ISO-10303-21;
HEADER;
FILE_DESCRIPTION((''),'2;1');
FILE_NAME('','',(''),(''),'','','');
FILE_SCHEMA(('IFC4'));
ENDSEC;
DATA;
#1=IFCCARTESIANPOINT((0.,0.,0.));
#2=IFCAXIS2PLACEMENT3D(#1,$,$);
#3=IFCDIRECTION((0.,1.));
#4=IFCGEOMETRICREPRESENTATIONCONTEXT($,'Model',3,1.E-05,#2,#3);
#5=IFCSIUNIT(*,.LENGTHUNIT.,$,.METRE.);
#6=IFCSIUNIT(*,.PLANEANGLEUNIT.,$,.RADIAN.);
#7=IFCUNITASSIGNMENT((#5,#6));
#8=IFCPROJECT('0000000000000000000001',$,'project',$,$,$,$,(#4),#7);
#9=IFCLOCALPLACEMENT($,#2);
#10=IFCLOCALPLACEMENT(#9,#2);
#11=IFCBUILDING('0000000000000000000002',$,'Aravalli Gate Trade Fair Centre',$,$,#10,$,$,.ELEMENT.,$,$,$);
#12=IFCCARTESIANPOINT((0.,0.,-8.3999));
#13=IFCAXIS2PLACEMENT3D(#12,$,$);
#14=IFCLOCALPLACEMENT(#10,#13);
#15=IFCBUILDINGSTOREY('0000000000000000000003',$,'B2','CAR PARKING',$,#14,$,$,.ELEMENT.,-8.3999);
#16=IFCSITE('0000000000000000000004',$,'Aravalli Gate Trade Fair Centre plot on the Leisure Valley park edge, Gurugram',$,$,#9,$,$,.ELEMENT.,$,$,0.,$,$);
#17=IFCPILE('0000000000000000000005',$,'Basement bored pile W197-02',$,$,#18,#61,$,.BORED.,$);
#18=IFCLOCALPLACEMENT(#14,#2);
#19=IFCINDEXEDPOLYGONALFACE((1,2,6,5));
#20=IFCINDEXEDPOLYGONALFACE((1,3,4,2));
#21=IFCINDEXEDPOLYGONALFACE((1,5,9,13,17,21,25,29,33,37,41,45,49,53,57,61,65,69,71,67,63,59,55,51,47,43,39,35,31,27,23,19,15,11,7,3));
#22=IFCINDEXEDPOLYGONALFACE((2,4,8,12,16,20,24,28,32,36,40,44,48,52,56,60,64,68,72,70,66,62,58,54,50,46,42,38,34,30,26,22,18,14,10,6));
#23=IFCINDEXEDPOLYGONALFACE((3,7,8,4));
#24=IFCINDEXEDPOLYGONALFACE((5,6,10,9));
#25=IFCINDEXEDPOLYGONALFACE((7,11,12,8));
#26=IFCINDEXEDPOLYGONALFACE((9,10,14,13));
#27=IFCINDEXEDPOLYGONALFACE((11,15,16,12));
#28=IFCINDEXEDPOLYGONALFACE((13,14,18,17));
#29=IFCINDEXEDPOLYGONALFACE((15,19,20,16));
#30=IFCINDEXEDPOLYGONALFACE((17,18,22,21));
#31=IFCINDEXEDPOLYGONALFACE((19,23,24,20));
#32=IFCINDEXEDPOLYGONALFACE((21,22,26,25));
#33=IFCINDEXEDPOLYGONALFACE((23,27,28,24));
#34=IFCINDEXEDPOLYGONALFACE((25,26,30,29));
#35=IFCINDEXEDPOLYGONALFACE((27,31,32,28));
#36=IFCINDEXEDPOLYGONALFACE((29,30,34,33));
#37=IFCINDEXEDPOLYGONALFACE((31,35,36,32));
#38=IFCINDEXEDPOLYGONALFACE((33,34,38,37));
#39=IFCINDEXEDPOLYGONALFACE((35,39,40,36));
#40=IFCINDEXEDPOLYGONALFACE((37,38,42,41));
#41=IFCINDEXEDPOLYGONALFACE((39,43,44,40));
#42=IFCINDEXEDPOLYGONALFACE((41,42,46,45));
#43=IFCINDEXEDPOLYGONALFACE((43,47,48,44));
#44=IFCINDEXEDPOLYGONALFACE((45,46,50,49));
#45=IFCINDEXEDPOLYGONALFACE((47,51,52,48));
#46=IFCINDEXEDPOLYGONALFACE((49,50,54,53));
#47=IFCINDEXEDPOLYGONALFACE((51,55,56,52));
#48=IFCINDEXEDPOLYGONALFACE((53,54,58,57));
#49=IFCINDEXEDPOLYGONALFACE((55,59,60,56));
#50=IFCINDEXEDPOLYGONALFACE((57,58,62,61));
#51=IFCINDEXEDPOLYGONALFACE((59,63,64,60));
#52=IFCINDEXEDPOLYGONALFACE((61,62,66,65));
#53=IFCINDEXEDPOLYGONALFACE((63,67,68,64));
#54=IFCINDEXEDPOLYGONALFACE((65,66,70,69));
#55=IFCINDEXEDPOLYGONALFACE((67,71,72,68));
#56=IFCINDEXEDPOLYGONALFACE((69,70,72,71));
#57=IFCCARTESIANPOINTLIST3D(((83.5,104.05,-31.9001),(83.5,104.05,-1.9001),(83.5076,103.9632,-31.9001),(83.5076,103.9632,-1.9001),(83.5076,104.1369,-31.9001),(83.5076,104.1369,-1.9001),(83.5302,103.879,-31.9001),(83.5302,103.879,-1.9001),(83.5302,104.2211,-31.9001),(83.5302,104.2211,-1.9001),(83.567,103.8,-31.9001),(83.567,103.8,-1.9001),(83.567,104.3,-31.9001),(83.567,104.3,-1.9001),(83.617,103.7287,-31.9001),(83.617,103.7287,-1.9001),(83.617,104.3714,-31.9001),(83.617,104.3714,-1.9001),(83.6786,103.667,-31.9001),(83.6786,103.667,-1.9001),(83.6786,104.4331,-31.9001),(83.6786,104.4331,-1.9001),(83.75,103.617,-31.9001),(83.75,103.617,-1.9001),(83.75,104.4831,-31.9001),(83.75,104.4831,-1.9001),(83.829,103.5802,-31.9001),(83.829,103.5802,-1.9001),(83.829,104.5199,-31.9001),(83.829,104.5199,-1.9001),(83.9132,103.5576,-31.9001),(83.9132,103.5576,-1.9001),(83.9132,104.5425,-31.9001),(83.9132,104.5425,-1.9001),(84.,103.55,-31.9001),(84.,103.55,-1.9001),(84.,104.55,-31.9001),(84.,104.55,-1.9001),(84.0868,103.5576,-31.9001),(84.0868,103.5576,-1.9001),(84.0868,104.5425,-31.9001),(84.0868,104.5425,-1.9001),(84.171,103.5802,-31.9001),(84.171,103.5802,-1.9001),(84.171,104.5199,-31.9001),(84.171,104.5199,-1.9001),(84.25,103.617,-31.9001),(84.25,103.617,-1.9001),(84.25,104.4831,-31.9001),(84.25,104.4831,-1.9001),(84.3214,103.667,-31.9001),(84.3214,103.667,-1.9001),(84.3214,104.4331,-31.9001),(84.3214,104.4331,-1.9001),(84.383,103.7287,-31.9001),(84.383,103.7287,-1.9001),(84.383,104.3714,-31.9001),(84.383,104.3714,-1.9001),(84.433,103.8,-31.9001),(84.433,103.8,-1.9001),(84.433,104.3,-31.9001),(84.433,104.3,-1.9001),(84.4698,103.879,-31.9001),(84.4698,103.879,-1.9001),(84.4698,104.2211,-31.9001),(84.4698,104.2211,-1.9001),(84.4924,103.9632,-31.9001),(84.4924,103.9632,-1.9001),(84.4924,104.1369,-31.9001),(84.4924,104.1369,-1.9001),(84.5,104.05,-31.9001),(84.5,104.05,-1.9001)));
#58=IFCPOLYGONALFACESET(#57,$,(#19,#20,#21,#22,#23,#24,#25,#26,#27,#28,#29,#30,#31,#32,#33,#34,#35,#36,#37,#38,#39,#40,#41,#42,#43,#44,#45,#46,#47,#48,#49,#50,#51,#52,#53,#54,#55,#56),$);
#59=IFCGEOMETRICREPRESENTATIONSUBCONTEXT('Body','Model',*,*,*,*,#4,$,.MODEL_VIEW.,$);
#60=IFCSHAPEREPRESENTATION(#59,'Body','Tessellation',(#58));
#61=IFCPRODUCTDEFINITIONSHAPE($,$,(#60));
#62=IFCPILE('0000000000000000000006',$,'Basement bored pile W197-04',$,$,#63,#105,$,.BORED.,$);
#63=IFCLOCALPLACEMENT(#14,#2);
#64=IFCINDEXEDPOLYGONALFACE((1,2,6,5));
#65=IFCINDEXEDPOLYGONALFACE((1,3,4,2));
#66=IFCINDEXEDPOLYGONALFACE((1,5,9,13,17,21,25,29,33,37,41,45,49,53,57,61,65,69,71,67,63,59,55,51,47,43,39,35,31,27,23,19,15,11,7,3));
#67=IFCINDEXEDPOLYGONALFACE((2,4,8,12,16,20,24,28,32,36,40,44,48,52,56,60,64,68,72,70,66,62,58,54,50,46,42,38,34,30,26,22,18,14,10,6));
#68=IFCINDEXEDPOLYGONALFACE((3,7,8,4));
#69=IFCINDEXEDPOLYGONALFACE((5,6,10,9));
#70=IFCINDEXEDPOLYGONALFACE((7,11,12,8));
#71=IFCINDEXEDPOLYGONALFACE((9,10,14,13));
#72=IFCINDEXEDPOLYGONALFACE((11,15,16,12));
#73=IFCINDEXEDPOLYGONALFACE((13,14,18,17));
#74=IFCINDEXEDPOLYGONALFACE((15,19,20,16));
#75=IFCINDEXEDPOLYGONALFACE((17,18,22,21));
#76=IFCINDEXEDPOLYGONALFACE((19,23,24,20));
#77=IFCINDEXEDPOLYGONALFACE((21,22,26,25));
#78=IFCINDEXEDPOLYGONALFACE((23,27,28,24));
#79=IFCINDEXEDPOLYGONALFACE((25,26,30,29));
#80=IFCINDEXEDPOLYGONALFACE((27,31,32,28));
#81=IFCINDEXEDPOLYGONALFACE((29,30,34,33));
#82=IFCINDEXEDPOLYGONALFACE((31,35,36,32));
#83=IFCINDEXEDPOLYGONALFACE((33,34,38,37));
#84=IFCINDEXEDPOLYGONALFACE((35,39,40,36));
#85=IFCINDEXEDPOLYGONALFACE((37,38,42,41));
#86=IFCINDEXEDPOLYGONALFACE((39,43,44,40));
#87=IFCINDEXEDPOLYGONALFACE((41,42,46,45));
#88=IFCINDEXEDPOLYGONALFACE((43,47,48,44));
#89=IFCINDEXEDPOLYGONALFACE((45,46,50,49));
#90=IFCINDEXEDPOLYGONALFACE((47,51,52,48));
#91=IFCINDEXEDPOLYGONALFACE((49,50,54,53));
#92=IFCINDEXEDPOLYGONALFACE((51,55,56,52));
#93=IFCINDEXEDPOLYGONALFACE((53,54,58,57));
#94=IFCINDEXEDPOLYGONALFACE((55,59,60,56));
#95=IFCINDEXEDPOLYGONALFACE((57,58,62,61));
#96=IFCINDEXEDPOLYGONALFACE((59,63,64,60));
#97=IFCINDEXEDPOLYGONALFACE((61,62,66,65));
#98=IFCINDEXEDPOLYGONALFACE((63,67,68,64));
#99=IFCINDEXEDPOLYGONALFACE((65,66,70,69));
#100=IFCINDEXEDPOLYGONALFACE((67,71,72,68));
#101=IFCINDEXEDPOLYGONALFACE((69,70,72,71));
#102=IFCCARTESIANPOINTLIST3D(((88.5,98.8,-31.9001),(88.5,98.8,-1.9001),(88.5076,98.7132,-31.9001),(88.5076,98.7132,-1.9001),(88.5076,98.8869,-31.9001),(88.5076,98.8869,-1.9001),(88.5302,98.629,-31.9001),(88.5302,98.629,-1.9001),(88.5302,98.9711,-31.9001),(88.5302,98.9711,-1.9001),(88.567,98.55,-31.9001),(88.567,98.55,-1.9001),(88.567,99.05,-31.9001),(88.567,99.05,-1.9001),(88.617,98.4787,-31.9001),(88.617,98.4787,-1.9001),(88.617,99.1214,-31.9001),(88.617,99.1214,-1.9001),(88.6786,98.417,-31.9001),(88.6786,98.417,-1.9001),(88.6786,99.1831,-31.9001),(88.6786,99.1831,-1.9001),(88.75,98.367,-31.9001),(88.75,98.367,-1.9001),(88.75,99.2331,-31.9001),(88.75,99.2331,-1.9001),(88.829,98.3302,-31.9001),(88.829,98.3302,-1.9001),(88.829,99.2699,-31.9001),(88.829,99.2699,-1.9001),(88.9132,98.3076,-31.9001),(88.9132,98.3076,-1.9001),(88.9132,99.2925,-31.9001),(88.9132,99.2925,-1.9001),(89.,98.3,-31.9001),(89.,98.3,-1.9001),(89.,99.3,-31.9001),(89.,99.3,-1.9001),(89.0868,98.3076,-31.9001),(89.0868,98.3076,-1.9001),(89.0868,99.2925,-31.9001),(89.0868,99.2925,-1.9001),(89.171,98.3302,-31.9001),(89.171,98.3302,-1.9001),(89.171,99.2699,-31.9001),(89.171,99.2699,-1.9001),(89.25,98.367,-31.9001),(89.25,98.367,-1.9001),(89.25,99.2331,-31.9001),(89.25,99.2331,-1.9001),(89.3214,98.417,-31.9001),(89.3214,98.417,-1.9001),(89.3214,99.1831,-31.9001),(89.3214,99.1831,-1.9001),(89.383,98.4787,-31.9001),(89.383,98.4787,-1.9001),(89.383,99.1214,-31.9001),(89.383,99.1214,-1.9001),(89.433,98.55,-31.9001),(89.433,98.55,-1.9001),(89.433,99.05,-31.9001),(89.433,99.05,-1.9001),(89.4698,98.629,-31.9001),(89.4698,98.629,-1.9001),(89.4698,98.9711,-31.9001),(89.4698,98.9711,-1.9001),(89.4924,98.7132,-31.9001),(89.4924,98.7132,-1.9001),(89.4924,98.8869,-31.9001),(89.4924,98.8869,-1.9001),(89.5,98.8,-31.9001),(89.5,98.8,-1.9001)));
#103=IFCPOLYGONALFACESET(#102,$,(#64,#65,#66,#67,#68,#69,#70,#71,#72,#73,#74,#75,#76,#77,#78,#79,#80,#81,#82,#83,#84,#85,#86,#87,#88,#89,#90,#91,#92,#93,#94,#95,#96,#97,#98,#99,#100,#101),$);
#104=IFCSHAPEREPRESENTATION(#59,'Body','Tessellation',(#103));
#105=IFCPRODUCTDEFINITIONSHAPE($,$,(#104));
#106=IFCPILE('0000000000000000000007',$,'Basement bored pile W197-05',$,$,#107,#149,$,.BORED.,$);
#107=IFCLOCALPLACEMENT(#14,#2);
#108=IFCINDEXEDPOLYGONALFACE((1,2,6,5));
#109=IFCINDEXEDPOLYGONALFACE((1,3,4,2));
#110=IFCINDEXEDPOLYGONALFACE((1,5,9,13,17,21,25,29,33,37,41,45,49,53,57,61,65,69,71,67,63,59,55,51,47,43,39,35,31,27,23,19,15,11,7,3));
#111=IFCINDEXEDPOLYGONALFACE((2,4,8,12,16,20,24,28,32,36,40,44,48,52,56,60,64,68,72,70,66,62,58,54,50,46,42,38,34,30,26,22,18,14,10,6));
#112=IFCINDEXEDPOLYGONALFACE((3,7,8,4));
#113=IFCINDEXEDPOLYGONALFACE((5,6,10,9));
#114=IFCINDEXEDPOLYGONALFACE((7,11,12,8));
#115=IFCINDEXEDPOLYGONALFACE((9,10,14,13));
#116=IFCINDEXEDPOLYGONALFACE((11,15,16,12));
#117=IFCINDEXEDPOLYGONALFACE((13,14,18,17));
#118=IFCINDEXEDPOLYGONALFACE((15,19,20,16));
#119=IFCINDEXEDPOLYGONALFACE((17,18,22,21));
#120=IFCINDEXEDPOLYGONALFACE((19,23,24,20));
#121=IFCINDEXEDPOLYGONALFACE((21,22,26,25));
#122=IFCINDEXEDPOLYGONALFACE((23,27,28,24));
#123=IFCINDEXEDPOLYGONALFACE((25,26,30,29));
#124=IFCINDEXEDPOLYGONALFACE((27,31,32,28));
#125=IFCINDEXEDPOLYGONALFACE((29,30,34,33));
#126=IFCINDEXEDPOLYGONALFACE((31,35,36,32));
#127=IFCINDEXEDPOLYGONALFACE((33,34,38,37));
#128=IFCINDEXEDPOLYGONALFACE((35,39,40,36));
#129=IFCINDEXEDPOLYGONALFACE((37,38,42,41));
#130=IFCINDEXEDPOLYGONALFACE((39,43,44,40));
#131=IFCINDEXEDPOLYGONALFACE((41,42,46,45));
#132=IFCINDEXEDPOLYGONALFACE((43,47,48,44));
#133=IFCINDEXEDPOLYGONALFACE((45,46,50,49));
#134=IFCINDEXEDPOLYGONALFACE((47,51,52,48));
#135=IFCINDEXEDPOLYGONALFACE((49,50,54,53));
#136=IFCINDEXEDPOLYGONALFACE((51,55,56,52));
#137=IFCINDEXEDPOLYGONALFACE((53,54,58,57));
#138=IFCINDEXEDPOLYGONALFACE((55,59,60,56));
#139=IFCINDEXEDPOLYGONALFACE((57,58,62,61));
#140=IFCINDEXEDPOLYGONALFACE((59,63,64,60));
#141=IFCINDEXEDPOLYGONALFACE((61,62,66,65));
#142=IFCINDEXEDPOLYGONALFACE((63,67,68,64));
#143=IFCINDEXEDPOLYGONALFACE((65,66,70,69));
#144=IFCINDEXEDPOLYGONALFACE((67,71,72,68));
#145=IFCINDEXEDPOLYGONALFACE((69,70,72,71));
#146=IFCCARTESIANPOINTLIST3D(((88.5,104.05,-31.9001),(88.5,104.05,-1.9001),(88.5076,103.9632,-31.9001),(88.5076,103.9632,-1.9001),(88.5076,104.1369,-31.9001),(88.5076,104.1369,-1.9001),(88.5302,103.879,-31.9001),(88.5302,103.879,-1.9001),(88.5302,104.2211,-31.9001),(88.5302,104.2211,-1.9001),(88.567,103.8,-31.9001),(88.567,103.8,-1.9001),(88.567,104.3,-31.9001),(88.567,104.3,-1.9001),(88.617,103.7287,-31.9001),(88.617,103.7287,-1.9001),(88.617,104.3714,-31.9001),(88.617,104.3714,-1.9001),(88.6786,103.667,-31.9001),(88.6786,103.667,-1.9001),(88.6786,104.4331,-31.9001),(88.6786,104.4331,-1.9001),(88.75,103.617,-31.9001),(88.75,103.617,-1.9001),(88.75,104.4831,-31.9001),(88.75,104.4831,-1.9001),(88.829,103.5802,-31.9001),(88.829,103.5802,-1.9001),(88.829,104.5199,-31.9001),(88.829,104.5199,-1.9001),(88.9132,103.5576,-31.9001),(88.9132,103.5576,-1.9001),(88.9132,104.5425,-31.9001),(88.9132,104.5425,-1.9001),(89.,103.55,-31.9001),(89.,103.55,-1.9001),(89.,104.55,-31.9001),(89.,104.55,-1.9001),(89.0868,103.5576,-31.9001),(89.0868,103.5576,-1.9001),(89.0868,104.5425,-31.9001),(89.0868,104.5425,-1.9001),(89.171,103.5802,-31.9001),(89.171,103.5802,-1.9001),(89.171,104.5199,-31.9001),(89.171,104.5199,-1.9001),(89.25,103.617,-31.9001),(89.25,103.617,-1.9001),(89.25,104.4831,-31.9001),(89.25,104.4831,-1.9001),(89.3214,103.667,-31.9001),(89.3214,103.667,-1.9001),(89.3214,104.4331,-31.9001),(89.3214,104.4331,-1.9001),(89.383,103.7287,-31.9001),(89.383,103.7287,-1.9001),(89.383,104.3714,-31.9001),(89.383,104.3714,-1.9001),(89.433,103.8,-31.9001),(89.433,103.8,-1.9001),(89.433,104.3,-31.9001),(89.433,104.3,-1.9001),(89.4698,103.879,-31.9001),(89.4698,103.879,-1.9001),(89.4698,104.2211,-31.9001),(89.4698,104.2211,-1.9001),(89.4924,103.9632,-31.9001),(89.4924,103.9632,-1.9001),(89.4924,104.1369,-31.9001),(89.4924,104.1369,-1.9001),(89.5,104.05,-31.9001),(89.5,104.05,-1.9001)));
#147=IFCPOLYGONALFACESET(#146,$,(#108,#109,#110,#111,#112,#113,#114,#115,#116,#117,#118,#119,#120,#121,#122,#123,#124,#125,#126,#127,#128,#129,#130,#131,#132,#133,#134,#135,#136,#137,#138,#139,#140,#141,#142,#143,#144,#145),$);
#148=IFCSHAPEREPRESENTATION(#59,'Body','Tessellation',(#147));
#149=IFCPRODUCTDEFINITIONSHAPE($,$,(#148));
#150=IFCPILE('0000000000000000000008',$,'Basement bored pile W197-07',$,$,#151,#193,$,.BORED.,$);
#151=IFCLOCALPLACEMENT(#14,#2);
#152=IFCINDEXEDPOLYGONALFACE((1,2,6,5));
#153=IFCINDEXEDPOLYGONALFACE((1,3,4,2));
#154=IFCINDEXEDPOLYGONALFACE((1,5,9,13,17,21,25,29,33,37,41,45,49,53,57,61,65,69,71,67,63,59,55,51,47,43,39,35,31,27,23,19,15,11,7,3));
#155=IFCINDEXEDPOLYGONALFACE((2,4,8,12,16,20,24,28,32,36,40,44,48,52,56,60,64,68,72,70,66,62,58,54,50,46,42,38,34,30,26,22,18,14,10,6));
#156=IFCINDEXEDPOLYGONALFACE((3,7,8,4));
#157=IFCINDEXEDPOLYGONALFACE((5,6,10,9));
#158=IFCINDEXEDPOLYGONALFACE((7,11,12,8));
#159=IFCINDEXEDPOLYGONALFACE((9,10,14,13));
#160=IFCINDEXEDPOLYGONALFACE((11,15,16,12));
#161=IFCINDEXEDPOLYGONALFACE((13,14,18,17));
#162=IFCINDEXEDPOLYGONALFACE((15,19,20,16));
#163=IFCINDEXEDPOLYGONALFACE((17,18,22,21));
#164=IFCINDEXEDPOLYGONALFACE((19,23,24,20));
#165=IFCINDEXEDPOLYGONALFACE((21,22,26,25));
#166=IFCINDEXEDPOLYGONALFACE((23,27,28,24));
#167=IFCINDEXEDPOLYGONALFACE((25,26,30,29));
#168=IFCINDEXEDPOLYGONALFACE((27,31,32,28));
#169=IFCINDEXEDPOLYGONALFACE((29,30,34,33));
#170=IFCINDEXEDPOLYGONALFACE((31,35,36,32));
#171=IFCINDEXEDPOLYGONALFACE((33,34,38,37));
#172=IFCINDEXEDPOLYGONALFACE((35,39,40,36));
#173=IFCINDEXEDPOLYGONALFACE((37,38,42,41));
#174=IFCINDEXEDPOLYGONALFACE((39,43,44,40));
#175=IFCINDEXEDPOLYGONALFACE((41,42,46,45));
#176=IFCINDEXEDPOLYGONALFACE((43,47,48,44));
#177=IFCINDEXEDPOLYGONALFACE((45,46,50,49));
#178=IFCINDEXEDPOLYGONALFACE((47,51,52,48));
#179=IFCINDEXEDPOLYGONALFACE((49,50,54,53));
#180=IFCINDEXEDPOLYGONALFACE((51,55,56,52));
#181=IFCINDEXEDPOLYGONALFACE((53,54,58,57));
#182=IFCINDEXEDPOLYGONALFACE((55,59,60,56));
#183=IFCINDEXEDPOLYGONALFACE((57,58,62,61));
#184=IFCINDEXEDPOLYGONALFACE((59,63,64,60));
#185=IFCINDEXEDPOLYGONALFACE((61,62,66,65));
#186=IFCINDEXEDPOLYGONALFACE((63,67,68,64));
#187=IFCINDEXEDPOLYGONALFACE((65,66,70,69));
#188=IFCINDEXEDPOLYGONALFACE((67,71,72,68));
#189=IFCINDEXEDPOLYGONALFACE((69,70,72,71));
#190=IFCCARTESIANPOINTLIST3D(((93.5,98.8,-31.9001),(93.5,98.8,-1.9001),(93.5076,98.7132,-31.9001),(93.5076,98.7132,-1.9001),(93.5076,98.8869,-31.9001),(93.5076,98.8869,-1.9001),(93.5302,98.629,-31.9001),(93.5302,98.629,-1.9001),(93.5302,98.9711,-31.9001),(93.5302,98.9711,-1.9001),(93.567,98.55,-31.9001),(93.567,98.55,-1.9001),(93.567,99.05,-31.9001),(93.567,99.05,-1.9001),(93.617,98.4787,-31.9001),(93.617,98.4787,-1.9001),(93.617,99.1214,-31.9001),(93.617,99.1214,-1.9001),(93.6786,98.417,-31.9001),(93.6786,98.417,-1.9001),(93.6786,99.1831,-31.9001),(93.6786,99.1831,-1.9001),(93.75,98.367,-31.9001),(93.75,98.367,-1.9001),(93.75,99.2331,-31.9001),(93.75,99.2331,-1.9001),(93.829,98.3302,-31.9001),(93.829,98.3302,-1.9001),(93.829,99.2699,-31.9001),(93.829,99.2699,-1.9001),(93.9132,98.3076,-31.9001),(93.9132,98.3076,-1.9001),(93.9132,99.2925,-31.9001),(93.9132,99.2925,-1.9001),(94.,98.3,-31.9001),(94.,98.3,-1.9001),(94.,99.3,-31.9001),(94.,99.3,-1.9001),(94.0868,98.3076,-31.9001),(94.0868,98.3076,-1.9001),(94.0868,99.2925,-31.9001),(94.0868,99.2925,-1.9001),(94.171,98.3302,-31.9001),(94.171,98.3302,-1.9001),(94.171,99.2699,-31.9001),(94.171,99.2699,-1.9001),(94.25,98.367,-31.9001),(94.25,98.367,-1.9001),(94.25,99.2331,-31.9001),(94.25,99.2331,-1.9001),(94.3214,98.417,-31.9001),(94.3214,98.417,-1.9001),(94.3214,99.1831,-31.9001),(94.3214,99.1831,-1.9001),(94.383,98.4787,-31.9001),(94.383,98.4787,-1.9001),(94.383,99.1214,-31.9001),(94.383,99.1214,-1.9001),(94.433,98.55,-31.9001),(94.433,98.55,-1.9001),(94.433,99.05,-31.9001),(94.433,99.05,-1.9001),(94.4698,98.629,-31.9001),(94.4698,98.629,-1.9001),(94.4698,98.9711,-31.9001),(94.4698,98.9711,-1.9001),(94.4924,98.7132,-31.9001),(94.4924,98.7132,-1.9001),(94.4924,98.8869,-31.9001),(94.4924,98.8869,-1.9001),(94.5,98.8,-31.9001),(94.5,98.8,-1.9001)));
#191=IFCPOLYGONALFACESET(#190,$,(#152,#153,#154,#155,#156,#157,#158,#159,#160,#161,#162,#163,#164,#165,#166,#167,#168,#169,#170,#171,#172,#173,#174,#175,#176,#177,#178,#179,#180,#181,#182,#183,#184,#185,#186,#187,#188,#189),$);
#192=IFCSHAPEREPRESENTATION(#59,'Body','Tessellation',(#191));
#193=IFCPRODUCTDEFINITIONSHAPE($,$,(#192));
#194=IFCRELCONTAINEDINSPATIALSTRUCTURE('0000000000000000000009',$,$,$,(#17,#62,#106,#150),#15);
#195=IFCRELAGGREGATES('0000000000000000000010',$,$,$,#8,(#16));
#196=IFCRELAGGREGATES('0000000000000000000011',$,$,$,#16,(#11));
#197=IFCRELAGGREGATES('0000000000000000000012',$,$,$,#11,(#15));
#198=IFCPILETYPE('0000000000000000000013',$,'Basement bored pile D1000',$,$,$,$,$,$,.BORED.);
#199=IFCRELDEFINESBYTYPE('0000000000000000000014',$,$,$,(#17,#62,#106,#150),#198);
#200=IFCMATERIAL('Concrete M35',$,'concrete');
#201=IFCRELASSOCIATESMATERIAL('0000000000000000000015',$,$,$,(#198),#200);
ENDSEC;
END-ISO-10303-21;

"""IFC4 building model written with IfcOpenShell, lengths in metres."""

from ifc_helpers import new_model, si_unit, direction, frame, origin, origin_2d, place, context, subcontext, project, spatial, circle, extrude, material, material_profile, profile_set, type_object, element, save


model = new_model("IFC4")

# Units and contexts
model_context = context("Model", 3, precision=1e-05, world=origin(), true_north=direction((0.0, 1.0)))
body_context = subcontext(model_context, "Body", "Model", "MODEL_VIEW")
ifc_project = project(units=[si_unit("LENGTHUNIT", "METRE"), si_unit("PLANEANGLEUNIT", "RADIAN")], contexts=[model_context])

# Site, building, storey
site_placement = place(None, origin())
site = spatial("IfcSite", under=ifc_project, at=site_placement, Name="Aravalli Gate Trade Fair Centre plot on the Leisure Valley park edge, Gurugram", CompositionType="ELEMENT", RefElevation=0.0)
building_placement = place(site_placement, origin())
building = spatial("IfcBuilding", under=site, at=building_placement, Name="Aravalli Gate Trade Fair Centre", CompositionType="ELEMENT")
storey_placement = place(building_placement, frame((0.0, 0.0, -8.3999)))
storey = spatial("IfcBuildingStorey", under=building, at=storey_placement, Name="B2", Description="CAR PARKING", CompositionType="ELEMENT", Elevation=-8.3999)

# Piles
ifc_material_1 = material(Name="Concrete M35", Category="concrete")
ifc_material_profile_1 = material_profile(ifc_material_1, circle(Radius=0.5, at=origin_2d()), Name="D1000")
ifc_profile_set_1 = profile_set([ifc_material_profile_1], Name="Concrete M35")
pile_type = type_object("IfcPileType", Name="Basement bored pile D1000", PredefinedType="BORED", material=ifc_profile_set_1)
for number, where, z_axis, x_axis, name in (
    (1, (84.0, 104.05, -1.9001), (0.0, 0.0, -1.0), (1.0, 0.0, 0.0), "Basement bored pile W197-02"),
    (2, (89.0, 98.8, -1.9001), (0.0, 0.0, -1.0), (1.0, 0.0, 0.0), "Basement bored pile W197-04"),
    (3, (89.0, 104.05, -1.9001), (0.0, 0.0, -1.0), (1.0, 0.0, 0.0), "Basement bored pile W197-05"),
    (4, (94.0, 98.8, -1.9001), (0.0, 0.0, -1.0), (1.0, 0.0, 0.0), "Basement bored pile W197-07"),
):
    element("IfcPile", number, at=place(storey_placement, frame(where, z_axis=z_axis, x_axis=x_axis)), inside=storey, type_object=pile_type, Name=name, PredefinedType="BORED", context=body_context, shape_type="SweptSolid", body=[
        extrude(circle(Radius=0.5, at=origin_2d()), origin(), (0.0, 0.0, 1.0), 30.0),
    ])

save(model, "model.ifc")
